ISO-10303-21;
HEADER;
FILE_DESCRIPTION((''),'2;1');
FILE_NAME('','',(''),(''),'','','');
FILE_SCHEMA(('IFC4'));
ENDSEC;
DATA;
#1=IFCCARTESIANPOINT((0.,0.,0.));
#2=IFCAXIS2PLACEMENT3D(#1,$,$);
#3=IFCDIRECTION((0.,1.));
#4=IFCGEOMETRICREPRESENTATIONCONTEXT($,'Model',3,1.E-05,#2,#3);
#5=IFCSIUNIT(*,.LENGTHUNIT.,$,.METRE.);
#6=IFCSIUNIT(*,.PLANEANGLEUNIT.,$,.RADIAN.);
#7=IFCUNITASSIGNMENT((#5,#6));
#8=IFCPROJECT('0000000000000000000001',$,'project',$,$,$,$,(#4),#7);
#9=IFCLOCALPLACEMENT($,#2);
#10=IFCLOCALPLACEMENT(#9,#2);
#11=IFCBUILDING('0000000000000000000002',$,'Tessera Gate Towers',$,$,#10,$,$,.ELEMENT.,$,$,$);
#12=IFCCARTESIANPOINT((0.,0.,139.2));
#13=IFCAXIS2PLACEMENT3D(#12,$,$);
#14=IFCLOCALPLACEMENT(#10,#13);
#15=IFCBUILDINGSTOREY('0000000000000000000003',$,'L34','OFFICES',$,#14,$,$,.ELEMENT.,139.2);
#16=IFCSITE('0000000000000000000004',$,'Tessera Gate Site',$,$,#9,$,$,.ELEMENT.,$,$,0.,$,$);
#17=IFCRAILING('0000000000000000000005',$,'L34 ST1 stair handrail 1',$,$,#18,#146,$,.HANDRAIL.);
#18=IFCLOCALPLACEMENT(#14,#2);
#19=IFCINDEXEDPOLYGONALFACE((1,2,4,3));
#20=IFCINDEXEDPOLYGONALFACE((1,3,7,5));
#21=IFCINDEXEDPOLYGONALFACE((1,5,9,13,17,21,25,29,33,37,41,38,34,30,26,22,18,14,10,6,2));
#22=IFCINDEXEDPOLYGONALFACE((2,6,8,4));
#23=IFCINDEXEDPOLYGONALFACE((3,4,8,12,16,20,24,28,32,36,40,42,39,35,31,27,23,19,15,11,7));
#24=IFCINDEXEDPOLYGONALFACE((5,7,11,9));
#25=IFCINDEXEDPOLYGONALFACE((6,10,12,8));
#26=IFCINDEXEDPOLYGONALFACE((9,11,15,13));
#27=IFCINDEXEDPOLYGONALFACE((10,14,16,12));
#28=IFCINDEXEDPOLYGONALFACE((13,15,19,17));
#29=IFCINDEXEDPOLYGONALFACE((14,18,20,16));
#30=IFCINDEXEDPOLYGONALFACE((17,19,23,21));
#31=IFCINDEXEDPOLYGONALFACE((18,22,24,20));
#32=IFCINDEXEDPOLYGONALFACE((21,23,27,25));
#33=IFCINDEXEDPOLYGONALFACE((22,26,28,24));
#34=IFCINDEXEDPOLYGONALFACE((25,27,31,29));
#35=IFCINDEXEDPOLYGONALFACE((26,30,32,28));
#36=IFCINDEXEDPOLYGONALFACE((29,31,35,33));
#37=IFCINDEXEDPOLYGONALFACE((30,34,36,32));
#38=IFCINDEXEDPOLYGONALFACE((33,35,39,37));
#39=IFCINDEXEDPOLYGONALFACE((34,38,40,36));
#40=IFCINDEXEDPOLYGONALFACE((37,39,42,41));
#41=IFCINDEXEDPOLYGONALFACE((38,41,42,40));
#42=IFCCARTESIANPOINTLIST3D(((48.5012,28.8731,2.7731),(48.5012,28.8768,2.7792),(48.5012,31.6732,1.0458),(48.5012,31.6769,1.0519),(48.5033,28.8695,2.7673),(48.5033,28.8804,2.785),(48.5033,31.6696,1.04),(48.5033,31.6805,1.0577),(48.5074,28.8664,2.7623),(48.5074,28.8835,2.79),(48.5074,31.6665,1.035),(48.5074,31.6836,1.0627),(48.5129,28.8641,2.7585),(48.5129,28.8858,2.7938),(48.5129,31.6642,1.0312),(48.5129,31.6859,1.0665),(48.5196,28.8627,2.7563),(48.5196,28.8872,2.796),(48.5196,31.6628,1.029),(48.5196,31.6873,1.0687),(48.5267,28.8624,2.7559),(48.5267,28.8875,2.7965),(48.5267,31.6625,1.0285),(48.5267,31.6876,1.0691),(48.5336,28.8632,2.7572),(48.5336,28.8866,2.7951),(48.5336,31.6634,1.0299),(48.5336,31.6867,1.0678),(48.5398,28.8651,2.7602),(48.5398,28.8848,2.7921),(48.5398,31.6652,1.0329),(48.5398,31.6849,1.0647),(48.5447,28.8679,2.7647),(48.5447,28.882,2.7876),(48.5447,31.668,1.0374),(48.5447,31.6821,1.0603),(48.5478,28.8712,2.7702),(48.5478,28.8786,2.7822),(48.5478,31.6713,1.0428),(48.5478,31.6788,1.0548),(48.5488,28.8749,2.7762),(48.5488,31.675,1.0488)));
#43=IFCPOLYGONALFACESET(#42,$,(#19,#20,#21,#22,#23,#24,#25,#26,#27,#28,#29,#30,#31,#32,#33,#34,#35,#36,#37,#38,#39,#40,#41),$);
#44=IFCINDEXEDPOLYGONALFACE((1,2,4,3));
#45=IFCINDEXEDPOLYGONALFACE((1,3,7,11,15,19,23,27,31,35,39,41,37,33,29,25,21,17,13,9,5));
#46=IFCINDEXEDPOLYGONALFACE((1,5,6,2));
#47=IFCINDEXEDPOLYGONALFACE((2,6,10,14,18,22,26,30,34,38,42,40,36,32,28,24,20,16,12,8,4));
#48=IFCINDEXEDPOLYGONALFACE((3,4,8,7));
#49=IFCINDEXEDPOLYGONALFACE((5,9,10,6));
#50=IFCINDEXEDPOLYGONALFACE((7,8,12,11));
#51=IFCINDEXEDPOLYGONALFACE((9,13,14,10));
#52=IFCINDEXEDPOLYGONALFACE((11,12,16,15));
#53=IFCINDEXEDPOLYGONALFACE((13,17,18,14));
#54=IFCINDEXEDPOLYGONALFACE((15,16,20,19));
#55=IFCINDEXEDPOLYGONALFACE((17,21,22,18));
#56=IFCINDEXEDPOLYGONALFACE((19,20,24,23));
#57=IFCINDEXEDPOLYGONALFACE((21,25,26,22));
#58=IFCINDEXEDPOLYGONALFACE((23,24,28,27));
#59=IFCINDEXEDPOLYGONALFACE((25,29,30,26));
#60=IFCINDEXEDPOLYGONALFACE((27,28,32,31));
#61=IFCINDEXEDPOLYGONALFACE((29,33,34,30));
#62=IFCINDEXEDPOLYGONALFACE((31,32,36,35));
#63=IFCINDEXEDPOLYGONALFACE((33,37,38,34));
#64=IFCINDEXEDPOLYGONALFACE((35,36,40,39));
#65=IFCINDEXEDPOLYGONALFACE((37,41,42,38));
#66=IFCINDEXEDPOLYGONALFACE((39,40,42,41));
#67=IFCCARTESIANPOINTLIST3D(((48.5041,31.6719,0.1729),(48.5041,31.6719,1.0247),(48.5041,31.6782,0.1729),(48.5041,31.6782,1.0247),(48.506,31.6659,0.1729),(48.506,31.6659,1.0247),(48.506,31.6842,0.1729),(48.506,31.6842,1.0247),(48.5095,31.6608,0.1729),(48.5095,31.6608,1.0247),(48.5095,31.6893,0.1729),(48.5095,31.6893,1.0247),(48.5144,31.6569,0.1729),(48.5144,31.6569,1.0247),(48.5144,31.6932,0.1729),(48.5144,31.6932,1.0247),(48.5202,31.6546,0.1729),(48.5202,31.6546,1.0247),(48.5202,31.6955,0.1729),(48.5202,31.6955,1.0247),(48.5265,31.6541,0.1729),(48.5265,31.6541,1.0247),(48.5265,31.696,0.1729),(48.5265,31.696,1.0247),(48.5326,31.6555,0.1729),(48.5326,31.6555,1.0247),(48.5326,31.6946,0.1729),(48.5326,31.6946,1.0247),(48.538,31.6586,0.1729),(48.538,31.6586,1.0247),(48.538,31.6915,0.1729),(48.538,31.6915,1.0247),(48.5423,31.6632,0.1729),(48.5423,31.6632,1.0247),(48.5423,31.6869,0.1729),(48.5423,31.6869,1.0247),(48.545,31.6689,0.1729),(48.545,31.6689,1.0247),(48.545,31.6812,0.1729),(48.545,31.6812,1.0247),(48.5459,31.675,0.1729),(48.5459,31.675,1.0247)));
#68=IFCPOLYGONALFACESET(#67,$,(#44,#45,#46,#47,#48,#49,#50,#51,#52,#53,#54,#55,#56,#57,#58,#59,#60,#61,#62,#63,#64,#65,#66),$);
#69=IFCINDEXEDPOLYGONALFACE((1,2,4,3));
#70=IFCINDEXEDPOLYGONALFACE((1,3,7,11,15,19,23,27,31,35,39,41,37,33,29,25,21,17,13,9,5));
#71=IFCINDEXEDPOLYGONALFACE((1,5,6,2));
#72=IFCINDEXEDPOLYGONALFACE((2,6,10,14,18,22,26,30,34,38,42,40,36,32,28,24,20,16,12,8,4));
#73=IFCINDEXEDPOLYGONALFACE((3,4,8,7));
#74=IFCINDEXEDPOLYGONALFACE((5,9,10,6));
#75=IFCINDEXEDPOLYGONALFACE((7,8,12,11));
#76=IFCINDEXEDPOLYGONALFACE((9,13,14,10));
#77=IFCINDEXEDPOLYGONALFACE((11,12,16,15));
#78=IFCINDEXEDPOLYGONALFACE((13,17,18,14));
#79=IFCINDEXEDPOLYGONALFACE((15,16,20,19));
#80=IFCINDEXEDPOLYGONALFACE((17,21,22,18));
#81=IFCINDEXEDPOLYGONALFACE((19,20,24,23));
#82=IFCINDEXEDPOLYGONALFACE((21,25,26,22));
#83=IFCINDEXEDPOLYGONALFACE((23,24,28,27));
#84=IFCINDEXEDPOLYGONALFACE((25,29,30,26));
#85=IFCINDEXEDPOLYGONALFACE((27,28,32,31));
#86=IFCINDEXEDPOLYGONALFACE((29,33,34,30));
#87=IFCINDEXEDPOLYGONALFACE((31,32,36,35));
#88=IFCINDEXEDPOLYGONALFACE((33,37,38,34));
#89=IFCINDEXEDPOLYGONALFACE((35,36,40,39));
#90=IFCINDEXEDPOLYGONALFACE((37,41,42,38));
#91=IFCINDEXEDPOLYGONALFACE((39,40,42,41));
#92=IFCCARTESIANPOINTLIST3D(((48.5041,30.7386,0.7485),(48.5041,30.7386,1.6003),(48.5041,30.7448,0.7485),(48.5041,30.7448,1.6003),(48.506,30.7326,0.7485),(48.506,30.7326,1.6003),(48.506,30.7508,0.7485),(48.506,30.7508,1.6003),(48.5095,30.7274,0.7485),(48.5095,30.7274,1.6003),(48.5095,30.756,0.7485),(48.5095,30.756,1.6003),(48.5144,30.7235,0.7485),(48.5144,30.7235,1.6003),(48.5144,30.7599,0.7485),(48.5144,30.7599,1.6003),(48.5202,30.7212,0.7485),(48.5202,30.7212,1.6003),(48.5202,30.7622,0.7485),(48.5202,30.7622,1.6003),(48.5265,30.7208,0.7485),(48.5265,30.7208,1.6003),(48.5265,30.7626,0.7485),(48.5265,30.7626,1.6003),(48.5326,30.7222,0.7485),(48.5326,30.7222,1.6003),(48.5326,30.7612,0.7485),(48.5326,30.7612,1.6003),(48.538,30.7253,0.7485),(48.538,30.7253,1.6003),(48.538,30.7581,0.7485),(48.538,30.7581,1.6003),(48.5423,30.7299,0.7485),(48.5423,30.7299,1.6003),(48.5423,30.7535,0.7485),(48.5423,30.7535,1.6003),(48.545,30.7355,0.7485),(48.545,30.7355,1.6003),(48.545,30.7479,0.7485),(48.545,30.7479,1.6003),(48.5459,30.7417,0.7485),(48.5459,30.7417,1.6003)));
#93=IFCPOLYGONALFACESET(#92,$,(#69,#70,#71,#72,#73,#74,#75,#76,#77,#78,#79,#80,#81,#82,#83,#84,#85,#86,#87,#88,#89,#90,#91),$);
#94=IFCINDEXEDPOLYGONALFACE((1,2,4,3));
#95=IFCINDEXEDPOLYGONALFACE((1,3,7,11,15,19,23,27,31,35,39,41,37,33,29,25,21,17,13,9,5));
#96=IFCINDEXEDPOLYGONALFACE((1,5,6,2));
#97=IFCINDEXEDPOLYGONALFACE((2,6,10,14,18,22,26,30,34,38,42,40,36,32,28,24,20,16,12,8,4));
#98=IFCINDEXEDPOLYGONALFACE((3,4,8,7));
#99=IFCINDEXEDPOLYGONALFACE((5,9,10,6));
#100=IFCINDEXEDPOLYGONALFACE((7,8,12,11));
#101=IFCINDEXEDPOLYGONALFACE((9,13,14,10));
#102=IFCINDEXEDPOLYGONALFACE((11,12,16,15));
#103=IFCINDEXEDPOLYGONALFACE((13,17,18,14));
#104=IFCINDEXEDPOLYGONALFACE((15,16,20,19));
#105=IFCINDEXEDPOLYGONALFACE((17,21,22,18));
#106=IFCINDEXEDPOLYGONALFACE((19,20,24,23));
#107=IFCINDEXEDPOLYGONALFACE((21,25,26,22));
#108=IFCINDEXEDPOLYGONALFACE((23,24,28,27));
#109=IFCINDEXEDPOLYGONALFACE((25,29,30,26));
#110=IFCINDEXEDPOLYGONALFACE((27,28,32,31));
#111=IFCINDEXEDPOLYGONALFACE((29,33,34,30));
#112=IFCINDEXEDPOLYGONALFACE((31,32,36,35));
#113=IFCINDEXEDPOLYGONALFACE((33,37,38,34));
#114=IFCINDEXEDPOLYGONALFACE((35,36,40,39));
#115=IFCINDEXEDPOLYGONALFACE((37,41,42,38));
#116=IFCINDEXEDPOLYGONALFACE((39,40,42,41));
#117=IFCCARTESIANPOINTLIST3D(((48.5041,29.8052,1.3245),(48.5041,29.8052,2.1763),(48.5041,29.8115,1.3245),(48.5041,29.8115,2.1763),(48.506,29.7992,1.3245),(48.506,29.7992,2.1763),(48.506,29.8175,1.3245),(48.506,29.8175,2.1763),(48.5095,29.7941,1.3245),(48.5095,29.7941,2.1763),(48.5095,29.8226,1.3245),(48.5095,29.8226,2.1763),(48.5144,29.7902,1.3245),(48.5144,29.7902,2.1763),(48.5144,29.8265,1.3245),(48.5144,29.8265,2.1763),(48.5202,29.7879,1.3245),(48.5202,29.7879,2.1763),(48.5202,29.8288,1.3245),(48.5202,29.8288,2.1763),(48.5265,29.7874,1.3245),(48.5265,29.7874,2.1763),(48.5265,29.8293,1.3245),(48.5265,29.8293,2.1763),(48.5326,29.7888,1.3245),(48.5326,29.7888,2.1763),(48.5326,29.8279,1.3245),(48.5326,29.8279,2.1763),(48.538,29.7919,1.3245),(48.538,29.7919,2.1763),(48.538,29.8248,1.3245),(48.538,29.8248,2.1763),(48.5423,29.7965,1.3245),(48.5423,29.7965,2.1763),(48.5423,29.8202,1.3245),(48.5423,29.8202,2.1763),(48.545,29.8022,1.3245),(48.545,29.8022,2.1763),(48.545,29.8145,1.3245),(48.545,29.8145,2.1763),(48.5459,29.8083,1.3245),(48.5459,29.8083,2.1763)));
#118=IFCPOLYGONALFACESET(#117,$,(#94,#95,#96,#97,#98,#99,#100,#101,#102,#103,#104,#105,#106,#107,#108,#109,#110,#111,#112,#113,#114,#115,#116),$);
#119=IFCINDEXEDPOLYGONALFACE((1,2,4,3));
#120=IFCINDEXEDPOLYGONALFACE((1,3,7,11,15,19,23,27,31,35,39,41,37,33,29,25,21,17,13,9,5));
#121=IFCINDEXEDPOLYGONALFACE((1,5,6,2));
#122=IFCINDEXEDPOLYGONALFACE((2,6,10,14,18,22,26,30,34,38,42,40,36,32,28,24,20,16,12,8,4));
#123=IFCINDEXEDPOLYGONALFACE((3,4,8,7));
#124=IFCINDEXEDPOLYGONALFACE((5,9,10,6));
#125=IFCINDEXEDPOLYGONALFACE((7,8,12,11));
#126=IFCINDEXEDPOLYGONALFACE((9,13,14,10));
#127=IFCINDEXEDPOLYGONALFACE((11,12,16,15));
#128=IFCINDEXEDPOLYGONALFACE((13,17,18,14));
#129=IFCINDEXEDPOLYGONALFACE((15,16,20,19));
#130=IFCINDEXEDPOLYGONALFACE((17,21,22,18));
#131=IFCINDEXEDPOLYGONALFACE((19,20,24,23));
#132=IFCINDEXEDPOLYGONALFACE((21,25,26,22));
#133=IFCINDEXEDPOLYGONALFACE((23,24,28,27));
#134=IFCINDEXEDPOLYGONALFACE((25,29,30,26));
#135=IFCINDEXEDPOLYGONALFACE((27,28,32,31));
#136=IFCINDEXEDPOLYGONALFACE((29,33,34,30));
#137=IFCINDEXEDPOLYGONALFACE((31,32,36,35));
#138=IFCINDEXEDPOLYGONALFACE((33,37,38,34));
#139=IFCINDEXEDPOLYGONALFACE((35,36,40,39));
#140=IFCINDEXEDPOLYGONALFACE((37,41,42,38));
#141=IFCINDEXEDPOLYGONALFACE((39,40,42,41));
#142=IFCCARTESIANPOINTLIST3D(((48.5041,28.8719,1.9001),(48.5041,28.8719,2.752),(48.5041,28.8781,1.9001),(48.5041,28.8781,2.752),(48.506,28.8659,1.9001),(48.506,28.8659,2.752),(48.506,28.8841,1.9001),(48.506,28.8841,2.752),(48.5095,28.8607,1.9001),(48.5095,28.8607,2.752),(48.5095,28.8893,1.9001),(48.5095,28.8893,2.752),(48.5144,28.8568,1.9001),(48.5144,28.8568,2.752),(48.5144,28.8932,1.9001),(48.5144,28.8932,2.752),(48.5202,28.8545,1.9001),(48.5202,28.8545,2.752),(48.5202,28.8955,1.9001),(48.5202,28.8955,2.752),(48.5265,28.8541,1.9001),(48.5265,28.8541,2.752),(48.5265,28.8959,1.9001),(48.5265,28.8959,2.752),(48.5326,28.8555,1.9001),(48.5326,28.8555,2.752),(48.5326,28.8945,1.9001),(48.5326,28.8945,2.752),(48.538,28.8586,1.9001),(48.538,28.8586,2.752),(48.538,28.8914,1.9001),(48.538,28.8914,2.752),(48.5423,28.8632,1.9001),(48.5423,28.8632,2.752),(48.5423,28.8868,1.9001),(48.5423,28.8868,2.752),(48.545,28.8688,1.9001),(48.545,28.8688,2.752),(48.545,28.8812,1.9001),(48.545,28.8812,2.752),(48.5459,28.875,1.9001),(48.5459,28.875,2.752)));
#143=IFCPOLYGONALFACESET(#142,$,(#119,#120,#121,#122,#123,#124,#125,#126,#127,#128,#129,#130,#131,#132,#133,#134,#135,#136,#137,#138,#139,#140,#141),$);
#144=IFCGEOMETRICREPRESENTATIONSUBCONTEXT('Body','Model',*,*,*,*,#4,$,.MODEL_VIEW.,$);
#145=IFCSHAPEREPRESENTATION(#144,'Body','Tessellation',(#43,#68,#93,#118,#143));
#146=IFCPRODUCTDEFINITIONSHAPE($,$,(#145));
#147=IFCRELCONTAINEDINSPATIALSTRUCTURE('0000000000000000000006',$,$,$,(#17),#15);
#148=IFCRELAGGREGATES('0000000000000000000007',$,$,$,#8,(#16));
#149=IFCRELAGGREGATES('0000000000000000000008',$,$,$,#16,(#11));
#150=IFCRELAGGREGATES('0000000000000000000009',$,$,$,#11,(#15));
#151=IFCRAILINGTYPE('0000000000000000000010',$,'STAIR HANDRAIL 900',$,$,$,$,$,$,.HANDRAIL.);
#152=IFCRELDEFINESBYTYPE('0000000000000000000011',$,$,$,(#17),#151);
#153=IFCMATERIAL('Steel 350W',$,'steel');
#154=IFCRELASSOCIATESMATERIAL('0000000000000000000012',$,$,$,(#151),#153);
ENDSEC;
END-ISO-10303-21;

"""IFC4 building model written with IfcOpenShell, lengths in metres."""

from ifc_helpers import new_model, si_unit, direction, frame, origin, origin_2d, place, context, subcontext, project, spatial, circle, extrude, material, type_object, element, save


model = new_model("IFC4")

# Units and contexts
model_context = context("Model", 3, precision=1e-05, world=origin(), true_north=direction((0.0, 1.0)))
body_context = subcontext(model_context, "Body", "Model", "MODEL_VIEW")
ifc_project = project(units=[si_unit("LENGTHUNIT", "METRE"), si_unit("PLANEANGLEUNIT", "RADIAN")], contexts=[model_context])

# Site, building, storey
site_placement = place(None, origin())
site = spatial("IfcSite", under=ifc_project, at=site_placement, Name="Tessera Gate Site", CompositionType="ELEMENT", RefElevation=0.0)
building_placement = place(site_placement, origin())
building = spatial("IfcBuilding", under=site, at=building_placement, Name="Tessera Gate Towers", CompositionType="ELEMENT")
storey_placement = place(building_placement, frame((0.0, 0.0, 139.2)))
storey = spatial("IfcBuildingStorey", under=building, at=storey_placement, Name="L34", Description="OFFICES", CompositionType="ELEMENT", Elevation=139.2)

# Railing
ifc_material_1 = material(Name="Steel 350W", Category="steel")
railing_type = type_object("IfcRailingType", Name="STAIR HANDRAIL 900", PredefinedType="HANDRAIL", material=ifc_material_1)
railing_placement = place(storey_placement, frame((48.5249, 31.675, 0.1729)))
element("IfcRailing", 1, at=railing_placement, inside=storey, type_object=railing_type, Name="L34 ST1 stair handrail 1", PredefinedType="HANDRAIL", context=body_context, shape_type="SweptSolid", body=[
    extrude(circle(Radius=0.0239, at=origin_2d()), frame((0.0, 0.0, 0.876), z_axis=(0.0, -0.85109, 0.52502), x_axis=(1.0, 0.0, 0.0)), (0.0, 0.0, 1.0), 3.29),
    extrude(circle(Radius=0.021, at=origin_2d()), origin(), (0.0, 0.0, 1.0), 0.8518),
    extrude(circle(Radius=0.021, at=origin_2d()), frame((0.0, -0.9333, 0.5757)), (0.0, 0.0, 1.0), 0.8518),
    extrude(circle(Radius=0.021, at=origin_2d()), frame((0.0, -1.8667, 1.1516)), (0.0, 0.0, 1.0), 0.8518),
    extrude(circle(Radius=0.021, at=origin_2d()), frame((0.0, -2.8, 1.7273)), (0.0, 0.0, 1.0), 0.8518),
])

save(model, "model.ifc")
